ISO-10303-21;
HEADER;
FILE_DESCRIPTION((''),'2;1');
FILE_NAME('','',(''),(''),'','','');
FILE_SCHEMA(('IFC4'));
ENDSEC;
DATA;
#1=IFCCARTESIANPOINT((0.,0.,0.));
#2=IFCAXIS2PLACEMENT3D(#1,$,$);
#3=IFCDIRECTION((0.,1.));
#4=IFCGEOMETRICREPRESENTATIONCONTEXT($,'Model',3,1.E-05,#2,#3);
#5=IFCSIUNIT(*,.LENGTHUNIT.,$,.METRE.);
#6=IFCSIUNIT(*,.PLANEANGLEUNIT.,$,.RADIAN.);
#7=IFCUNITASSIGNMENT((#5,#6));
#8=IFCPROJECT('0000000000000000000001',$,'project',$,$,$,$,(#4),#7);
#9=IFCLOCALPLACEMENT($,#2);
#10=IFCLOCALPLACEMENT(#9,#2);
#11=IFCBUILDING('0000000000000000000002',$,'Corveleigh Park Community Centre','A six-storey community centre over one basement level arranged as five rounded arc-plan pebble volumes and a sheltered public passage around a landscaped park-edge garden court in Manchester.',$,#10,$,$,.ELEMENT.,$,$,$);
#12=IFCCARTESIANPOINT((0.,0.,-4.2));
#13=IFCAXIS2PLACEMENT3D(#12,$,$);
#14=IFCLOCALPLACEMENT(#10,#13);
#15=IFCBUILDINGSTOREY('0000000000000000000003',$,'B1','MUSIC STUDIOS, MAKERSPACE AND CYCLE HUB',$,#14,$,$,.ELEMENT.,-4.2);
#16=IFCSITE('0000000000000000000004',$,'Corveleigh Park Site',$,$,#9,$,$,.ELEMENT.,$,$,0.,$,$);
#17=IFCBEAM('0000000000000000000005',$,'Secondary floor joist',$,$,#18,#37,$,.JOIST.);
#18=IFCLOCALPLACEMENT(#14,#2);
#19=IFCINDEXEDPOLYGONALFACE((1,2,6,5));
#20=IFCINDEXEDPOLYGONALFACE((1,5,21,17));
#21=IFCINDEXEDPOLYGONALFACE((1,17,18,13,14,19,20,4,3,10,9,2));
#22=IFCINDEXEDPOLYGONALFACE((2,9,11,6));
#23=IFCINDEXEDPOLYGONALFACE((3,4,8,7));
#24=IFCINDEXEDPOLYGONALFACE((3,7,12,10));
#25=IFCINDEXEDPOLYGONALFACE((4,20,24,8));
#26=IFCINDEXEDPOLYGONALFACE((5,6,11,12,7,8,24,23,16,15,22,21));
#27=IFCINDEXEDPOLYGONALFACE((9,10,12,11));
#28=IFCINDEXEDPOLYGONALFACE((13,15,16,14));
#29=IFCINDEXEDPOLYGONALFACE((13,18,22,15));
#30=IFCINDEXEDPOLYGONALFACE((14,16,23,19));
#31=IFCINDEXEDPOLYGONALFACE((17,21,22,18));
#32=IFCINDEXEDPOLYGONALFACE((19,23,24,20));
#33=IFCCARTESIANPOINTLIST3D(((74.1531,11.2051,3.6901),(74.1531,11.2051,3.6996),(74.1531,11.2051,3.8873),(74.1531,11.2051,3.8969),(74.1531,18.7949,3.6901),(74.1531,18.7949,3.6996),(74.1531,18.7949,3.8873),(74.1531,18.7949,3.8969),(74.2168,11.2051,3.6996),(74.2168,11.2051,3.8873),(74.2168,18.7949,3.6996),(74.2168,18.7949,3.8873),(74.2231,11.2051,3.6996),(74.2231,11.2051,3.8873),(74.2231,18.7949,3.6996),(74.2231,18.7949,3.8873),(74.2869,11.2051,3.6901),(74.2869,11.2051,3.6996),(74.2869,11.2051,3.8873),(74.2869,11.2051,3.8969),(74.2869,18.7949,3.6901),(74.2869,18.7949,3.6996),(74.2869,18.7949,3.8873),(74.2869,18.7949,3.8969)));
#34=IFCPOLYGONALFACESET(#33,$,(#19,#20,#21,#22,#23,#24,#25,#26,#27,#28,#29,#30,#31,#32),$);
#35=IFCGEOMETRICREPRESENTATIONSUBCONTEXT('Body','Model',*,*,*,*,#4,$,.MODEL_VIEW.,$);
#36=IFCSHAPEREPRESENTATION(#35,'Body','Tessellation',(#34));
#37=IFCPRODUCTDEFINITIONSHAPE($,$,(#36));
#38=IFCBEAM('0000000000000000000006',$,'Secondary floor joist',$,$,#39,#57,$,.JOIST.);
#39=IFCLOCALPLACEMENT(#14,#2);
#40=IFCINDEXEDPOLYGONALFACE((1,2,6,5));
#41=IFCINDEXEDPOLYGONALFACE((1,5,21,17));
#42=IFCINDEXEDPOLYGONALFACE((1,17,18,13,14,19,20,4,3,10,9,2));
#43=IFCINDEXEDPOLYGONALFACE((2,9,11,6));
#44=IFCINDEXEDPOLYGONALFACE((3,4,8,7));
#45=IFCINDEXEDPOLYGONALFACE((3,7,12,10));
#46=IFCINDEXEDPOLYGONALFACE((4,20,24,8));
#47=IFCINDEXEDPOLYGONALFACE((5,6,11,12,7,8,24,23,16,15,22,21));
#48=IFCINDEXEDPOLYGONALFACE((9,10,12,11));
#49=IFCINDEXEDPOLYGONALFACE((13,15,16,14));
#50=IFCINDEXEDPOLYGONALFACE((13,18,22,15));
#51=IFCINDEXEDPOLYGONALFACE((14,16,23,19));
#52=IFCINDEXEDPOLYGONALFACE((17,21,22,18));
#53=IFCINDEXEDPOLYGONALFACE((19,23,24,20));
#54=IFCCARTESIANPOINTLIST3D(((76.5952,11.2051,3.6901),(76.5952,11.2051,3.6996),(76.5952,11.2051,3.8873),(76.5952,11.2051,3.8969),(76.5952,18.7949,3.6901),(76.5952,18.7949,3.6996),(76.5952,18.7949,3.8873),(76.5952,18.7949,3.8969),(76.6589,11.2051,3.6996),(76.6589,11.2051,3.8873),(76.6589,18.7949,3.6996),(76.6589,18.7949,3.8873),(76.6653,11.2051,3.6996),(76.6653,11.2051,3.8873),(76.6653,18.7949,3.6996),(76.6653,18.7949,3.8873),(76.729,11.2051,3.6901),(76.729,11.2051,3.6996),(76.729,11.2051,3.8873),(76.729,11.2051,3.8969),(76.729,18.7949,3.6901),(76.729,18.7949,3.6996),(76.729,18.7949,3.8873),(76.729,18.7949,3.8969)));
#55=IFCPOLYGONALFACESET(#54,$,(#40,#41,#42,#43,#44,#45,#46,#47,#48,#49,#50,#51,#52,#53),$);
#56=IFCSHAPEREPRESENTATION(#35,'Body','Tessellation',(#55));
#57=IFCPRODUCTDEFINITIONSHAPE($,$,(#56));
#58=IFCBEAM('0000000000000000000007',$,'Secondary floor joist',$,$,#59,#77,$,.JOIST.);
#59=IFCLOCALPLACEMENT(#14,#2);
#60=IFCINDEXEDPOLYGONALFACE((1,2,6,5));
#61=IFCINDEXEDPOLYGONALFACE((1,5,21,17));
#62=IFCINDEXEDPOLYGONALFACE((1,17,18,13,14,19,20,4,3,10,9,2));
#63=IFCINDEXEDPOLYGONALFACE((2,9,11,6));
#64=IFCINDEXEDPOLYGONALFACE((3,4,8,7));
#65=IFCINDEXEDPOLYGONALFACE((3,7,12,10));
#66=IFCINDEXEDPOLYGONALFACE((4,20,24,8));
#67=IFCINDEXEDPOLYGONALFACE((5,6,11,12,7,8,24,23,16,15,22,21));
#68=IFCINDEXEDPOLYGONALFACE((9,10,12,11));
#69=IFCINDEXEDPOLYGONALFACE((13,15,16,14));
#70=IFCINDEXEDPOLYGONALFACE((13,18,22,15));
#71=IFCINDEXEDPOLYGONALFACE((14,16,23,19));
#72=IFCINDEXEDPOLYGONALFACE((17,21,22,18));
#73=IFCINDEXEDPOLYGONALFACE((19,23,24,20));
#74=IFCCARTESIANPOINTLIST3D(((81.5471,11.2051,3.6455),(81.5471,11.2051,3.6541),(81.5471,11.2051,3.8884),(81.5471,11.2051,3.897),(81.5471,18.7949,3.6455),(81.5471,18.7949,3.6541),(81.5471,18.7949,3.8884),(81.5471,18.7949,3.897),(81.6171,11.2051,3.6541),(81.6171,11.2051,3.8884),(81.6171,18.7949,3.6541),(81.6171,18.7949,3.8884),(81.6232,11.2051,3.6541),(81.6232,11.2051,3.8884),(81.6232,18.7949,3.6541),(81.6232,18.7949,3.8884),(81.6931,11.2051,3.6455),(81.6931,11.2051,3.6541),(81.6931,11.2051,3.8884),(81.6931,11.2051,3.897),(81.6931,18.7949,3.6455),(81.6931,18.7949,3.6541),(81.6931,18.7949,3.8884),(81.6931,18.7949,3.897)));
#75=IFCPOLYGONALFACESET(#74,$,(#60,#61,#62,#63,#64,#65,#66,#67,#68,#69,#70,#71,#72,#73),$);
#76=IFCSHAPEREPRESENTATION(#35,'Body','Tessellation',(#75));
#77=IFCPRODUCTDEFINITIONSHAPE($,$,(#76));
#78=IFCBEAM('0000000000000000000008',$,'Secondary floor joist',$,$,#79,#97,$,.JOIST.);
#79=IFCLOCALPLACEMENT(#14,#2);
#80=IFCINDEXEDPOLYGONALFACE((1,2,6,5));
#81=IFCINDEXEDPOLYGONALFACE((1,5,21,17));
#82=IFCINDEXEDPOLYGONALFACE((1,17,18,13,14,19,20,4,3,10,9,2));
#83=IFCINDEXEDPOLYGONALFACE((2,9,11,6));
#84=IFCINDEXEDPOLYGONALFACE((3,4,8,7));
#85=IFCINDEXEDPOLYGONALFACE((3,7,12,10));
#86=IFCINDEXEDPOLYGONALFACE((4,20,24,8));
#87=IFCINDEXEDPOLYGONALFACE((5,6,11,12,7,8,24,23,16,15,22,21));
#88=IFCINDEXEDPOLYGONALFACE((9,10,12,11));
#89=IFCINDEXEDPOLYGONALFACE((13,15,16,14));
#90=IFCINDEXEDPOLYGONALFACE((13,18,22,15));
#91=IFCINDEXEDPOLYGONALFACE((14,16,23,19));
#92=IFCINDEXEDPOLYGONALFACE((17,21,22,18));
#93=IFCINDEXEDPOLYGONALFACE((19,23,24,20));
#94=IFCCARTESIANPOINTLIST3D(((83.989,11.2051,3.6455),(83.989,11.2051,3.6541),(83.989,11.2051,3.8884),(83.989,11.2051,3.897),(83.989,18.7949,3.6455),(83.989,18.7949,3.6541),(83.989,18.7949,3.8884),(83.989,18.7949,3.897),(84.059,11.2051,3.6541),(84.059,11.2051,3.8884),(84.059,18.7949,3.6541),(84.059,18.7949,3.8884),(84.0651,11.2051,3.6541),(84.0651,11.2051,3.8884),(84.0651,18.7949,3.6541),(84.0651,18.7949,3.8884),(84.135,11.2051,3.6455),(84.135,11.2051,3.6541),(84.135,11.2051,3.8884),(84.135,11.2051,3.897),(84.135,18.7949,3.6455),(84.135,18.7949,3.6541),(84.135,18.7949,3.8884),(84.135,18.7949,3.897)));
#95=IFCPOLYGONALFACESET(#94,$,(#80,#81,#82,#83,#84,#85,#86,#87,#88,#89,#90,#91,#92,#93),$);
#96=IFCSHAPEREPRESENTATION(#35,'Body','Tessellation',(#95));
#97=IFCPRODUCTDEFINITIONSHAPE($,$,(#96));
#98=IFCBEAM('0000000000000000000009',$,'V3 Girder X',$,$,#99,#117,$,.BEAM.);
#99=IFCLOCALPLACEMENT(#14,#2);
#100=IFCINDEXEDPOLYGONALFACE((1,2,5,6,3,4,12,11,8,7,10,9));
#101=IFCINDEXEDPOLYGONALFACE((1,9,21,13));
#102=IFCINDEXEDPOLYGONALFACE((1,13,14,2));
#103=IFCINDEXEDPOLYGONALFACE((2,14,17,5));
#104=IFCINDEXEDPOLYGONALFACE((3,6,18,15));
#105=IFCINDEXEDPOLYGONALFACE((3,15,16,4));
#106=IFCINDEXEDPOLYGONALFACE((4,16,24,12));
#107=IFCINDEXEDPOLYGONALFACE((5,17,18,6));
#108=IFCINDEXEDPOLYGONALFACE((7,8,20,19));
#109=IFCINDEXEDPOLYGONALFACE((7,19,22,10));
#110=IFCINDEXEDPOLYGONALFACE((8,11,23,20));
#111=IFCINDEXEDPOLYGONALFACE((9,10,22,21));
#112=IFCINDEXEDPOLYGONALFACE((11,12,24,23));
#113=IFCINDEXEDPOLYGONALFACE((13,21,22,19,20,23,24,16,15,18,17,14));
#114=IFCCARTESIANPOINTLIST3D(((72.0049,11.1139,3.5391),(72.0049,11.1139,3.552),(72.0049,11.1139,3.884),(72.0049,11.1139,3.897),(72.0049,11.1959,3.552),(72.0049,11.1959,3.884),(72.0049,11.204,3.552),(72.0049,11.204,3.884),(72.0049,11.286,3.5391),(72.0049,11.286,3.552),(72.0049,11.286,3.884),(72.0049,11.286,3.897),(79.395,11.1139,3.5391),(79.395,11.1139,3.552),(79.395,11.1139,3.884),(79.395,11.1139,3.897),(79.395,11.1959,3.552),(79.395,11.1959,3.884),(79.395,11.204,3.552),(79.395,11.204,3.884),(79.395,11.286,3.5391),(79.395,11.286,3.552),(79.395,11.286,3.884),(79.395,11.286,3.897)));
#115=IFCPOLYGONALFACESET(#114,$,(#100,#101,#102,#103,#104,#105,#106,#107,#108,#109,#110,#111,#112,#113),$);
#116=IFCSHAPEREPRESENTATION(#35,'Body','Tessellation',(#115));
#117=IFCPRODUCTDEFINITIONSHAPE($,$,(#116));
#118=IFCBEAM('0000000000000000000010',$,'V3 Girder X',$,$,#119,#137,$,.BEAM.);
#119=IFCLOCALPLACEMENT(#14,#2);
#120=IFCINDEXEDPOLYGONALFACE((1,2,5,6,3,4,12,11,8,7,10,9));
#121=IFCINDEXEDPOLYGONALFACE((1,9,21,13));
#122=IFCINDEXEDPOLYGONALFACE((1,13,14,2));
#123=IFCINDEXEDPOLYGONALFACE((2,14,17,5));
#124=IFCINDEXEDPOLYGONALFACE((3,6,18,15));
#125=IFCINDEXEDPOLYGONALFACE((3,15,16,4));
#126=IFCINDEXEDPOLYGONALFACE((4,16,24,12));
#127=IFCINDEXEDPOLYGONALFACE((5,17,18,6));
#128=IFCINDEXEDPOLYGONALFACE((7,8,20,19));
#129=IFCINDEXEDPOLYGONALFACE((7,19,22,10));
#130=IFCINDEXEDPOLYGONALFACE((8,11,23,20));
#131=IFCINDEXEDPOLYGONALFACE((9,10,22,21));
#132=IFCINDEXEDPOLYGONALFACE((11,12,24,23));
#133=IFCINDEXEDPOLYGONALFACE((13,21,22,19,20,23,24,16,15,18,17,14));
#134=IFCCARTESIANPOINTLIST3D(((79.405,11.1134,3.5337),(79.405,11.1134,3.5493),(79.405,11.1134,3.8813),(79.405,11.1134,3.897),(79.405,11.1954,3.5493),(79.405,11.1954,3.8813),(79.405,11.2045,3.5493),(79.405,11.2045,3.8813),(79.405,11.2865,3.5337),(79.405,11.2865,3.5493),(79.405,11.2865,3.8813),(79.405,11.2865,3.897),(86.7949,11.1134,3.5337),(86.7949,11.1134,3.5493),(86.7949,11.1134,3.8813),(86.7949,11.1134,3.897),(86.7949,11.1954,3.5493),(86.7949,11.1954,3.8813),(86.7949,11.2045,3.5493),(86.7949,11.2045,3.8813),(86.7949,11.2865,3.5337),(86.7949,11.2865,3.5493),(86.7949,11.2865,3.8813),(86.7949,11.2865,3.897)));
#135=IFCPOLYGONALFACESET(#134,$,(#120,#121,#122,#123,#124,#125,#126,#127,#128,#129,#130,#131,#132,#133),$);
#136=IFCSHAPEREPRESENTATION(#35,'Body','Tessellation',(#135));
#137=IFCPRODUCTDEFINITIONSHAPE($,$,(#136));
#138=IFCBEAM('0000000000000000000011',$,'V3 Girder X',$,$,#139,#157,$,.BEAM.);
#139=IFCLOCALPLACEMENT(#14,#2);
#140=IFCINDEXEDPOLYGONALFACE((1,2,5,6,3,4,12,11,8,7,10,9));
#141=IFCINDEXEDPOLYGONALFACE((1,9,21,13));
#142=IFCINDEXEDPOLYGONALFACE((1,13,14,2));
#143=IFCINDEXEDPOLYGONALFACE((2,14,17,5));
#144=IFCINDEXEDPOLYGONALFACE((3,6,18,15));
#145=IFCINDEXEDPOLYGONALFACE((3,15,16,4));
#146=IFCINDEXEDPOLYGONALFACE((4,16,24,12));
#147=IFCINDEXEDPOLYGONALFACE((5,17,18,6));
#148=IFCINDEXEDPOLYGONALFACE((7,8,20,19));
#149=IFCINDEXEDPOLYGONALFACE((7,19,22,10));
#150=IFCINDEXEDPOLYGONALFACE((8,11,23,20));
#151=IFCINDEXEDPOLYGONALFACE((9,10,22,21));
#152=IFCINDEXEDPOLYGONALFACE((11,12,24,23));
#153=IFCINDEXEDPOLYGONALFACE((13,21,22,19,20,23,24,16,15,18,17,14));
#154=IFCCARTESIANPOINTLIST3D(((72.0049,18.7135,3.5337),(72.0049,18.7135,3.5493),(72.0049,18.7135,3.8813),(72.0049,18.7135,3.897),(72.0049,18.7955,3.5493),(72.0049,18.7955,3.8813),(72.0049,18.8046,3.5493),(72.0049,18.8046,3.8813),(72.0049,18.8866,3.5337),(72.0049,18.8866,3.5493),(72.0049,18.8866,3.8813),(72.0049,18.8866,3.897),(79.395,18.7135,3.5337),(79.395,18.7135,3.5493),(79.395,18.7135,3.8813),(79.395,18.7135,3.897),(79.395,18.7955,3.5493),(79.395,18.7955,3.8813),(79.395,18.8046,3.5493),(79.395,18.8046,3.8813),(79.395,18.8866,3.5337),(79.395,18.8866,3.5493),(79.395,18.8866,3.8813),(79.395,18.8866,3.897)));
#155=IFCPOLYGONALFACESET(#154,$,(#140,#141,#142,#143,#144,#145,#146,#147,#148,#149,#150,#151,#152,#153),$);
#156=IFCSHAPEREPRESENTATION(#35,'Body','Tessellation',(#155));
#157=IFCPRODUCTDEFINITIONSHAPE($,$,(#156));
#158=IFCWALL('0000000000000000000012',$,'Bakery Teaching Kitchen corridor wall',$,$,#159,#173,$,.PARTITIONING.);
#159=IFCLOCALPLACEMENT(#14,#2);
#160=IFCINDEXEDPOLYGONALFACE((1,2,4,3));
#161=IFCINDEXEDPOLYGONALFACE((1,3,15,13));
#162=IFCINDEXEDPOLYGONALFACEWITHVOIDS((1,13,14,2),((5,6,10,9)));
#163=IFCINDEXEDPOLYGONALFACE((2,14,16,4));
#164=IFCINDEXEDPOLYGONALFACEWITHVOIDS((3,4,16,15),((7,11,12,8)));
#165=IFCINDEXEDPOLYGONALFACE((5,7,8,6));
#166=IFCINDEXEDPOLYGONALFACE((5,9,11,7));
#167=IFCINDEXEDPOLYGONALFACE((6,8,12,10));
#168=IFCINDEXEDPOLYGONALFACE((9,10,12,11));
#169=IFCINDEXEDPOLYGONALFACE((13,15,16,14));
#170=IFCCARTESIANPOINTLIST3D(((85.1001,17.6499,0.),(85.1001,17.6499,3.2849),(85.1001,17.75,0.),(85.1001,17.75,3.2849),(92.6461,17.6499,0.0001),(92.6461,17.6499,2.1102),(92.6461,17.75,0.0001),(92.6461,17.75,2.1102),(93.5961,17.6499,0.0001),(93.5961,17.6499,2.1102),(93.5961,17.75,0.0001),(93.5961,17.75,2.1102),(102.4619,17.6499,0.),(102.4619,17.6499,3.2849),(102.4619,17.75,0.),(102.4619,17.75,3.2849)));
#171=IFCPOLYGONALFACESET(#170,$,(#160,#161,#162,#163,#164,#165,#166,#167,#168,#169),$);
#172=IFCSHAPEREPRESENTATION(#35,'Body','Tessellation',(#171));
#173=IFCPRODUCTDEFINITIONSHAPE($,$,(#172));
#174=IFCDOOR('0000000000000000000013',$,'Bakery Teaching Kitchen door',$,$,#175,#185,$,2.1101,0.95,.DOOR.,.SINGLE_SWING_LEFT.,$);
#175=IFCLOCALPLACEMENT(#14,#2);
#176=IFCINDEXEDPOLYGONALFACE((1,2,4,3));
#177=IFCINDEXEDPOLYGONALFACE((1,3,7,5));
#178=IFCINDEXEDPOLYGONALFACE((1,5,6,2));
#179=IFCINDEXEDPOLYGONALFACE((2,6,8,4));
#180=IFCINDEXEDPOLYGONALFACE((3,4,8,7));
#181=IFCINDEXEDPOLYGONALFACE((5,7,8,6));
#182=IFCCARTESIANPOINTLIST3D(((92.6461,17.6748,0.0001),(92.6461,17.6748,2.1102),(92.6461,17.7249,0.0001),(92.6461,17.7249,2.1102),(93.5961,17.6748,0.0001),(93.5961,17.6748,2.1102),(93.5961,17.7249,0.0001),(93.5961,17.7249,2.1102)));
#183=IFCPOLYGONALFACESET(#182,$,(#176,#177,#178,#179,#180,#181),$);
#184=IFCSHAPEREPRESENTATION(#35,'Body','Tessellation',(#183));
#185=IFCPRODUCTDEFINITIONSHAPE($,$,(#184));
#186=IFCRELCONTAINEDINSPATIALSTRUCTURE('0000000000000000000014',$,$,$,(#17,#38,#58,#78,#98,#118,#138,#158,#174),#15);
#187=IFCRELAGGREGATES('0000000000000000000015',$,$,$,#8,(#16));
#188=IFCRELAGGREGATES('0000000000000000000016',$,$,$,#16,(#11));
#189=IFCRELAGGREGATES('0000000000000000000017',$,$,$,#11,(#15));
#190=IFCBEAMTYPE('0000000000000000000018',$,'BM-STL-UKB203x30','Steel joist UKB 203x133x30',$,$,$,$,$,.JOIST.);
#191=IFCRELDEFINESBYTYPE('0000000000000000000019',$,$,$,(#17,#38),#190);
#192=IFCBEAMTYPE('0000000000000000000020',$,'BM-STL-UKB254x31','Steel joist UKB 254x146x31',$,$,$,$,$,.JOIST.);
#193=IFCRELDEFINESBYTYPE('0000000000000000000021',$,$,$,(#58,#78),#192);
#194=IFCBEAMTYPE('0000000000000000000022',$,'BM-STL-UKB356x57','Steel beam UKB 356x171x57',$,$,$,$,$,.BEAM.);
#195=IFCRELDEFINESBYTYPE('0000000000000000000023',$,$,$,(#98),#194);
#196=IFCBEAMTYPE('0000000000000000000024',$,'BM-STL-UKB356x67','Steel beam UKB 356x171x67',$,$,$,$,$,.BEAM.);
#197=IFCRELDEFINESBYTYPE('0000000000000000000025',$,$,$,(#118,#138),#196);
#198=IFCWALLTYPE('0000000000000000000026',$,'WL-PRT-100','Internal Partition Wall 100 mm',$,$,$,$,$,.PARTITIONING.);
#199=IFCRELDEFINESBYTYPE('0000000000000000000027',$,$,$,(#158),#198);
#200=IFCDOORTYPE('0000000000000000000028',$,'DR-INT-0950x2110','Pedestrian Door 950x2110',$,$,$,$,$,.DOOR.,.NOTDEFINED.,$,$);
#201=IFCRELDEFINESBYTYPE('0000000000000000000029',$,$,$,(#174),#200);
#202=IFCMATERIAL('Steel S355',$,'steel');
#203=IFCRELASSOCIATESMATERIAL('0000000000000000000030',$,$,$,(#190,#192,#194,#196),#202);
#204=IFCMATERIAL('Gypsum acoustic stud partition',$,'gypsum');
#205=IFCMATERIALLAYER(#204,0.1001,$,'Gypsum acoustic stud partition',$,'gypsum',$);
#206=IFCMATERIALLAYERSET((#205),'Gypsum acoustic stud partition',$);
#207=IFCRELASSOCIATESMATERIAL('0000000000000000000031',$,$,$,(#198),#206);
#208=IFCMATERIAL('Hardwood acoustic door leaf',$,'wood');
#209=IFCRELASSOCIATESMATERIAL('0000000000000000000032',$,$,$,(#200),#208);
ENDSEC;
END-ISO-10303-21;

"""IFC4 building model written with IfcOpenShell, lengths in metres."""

from ifc_helpers import new_model, si_unit, direction, frame, frame_2d, origin, origin_2d, place, context, subcontext, project, spatial, rectangle, i_section, extrude, material, layer, layer_set, material_profile, profile_set, type_object, element, fill, save


model = new_model("IFC4")

# Units and contexts
model_context = context("Model", 3, precision=1e-05, world=origin(), true_north=direction((0.0, 1.0)))
body_context = subcontext(model_context, "Body", "Model", "MODEL_VIEW")
ifc_project = project(units=[si_unit("LENGTHUNIT", "METRE"), si_unit("PLANEANGLEUNIT", "RADIAN")], contexts=[model_context])

# Site, building, storey
site_placement = place(None, origin())
site = spatial("IfcSite", under=ifc_project, at=site_placement, Name="Corveleigh Park Site", CompositionType="ELEMENT", RefElevation=0.0)
building_placement = place(site_placement, origin())
building = spatial("IfcBuilding", under=site, at=building_placement, Name="Corveleigh Park Community Centre", Description="A six-storey community centre over one basement level arranged as five rounded arc-plan pebble volumes and a sheltered public passage around a landscaped park-edge garden court in Manchester.", CompositionType="ELEMENT")
storey_placement = place(building_placement, frame((0.0, 0.0, -4.2)))
storey = spatial("IfcBuildingStorey", under=building, at=storey_placement, Name="B1", Description="MUSIC STUDIOS, MAKERSPACE AND CYCLE HUB", CompositionType="ELEMENT", Elevation=-4.2)

# Beams
ifc_material_1 = material(Name="Steel S355", Category="steel")
ifc_material_profile_1 = material_profile(ifc_material_1, i_section(OverallWidth=0.1338, OverallDepth=0.2068, WebThickness=0.0063, FlangeThickness=0.0095, at=origin_2d()), Name="UKB 203x133x30", Category="steel")
ifc_profile_set_1 = profile_set([ifc_material_profile_1], Name="Steel S355")
beam_type_1 = type_object("IfcBeamType", Name="BM-STL-UKB203x30", Description="Steel joist UKB 203x133x30", PredefinedType="JOIST", material=ifc_profile_set_1)
for number, where, z_axis, x_axis, name in (
    (1, (74.22, 11.2051, 3.7935), (0.0, 1.0, 0.0), (-1.0, 0.0, 0.0), "Secondary floor joist"),
    (2, (76.6621, 11.2051, 3.7935), (0.0, 1.0, 0.0), (-1.0, 0.0, 0.0), "Secondary floor joist"),
):
    element("IfcBeam", number, at=place(storey_placement, frame(where, z_axis=z_axis, x_axis=x_axis)), inside=storey, type_object=beam_type_1, Name=name, PredefinedType="JOIST", context=body_context, shape_type="SweptSolid", body=[
        extrude(i_section(OverallWidth=0.1338, OverallDepth=0.2068, WebThickness=0.0063, FlangeThickness=0.0095, at=origin_2d()), origin(), (0.0, 0.0, 1.0), 7.5898),
    ])
ifc_material_profile_2 = material_profile(ifc_material_1, i_section(OverallWidth=0.146, OverallDepth=0.2515, WebThickness=0.0061, FlangeThickness=0.0085, at=origin_2d()), Name="UKB 254x146x31", Category="steel")
ifc_profile_set_2 = profile_set([ifc_material_profile_2], Name="Steel S355")
beam_type_2 = type_object("IfcBeamType", Name="BM-STL-UKB254x31", Description="Steel joist UKB 254x146x31", PredefinedType="JOIST", material=ifc_profile_set_2)
for number, where, z_axis, x_axis, name in (
    (3, (81.6201, 11.2051, 3.7712), (0.0, 1.0, 0.0), (-1.0, 0.0, 0.0), "Secondary floor joist"),
    (4, (84.062, 11.2051, 3.7712), (0.0, 1.0, 0.0), (-1.0, 0.0, 0.0), "Secondary floor joist"),
):
    element("IfcBeam", number, at=place(storey_placement, frame(where, z_axis=z_axis, x_axis=x_axis)), inside=storey, type_object=beam_type_2, Name=name, PredefinedType="JOIST", context=body_context, shape_type="SweptSolid", body=[
        extrude(i_section(OverallWidth=0.146, OverallDepth=0.2515, WebThickness=0.0061, FlangeThickness=0.0085, at=origin_2d()), origin(), (0.0, 0.0, 1.0), 7.5898),
    ])
ifc_material_profile_3 = material_profile(ifc_material_1, i_section(OverallWidth=0.1721, OverallDepth=0.3579, WebThickness=0.0081, FlangeThickness=0.0129, at=origin_2d()), Name="UKB 356x171x57", Category="steel")
ifc_profile_set_3 = profile_set([ifc_material_profile_3], Name="Steel S355")
beam_type_3 = type_object("IfcBeamType", Name="BM-STL-UKB356x57", Description="Steel beam UKB 356x171x57", PredefinedType="BEAM", material=ifc_profile_set_3)
beam_1_placement = place(storey_placement, frame((72.0049, 11.2, 3.718), z_axis=(1.0, 0.0, 0.0), x_axis=(0.0, 1.0, 0.0)))
element("IfcBeam", 5, at=beam_1_placement, inside=storey, type_object=beam_type_3, Name="V3 Girder X", PredefinedType="BEAM", context=body_context, shape_type="SweptSolid", body=[
    extrude(i_section(OverallWidth=0.1721, OverallDepth=0.3579, WebThickness=0.0081, FlangeThickness=0.0129, at=origin_2d()), origin(), (0.0, 0.0, 1.0), 7.3901),
])
ifc_material_profile_4 = material_profile(ifc_material_1, i_section(OverallWidth=0.1731, OverallDepth=0.3633, WebThickness=0.009, FlangeThickness=0.0156, at=origin_2d()), Name="UKB 356x171x67", Category="steel")
ifc_profile_set_4 = profile_set([ifc_material_profile_4], Name="Steel S355")
beam_type_4 = type_object("IfcBeamType", Name="BM-STL-UKB356x67", Description="Steel beam UKB 356x171x67", PredefinedType="BEAM", material=ifc_profile_set_4)
beam_2_placement = place(storey_placement, frame((79.405, 11.2, 3.7153), z_axis=(1.0, 0.0, 0.0), x_axis=(0.0, 1.0, 0.0)))
element("IfcBeam", 6, at=beam_2_placement, inside=storey, type_object=beam_type_4, Name="V3 Girder X", PredefinedType="BEAM", context=body_context, shape_type="SweptSolid", body=[
    extrude(i_section(OverallWidth=0.1731, OverallDepth=0.3633, WebThickness=0.009, FlangeThickness=0.0156, at=origin_2d()), origin(), (0.0, 0.0, 1.0), 7.3899),
])
beam_3_placement = place(storey_placement, frame((72.0049, 18.8, 3.7153), z_axis=(1.0, 0.0, 0.0), x_axis=(0.0, 1.0, 0.0)))
element("IfcBeam", 7, at=beam_3_placement, inside=storey, type_object=beam_type_4, Name="V3 Girder X", PredefinedType="BEAM", context=body_context, shape_type="SweptSolid", body=[
    extrude(i_section(OverallWidth=0.1731, OverallDepth=0.3633, WebThickness=0.009, FlangeThickness=0.0156, at=origin_2d()), origin(), (0.0, 0.0, 1.0), 7.3901),
])

# Wall, opening, door
ifc_material_2 = material(Name="Gypsum acoustic stud partition", Category="gypsum")
ifc_layer_1 = layer(ifc_material_2, 0.1001, Name="Gypsum acoustic stud partition", Category="gypsum")
ifc_layer_set_1 = layer_set([ifc_layer_1], Name="Gypsum acoustic stud partition")
wall_type_1 = type_object("IfcWallType", Name="WL-PRT-100", Description="Internal Partition Wall 100 mm", PredefinedType="PARTITIONING", material=ifc_layer_set_1)
wall_1_placement = place(storey_placement, frame((85.1001, 17.7, 0.0), z_axis=(0.0, 0.0, 1.0), x_axis=(1.0, 0.0, 0.0)))
wall_1 = element("IfcWall", 8, at=wall_1_placement, inside=storey, type_object=wall_type_1, Name="Bakery Teaching Kitchen corridor wall", PredefinedType="PARTITIONING", context=body_context, shape_type="SweptSolid", body=[
    extrude(rectangle(XDim=17.3618, YDim=0.1001, at=frame_2d((8.6809, 0.0))), origin(), (0.0, 0.0, 1.0), 3.2849),
])
opening_1_placement = place(wall_1_placement, frame((7.5459, 0.0, 0.0)))
opening_1 = element("IfcOpeningElement", 9, at=opening_1_placement, cuts=wall_1, PredefinedType="OPENING", context=body_context, shape_type="SweptSolid", body=[
    extrude(rectangle(XDim=0.95, YDim=2.1101, at=frame_2d((0.4751, 1.0552))), frame((0.0, 0.0601, 0.0), z_axis=(0.0, -1.0, 0.0), x_axis=(1.0, 0.0, 0.0)), (0.0, 0.0, 1.0), 0.1201),
])
ifc_material_3 = material(Name="Hardwood acoustic door leaf", Category="wood")
door_type_1 = type_object("IfcDoorType", Name="DR-INT-0950x2110", Description="Pedestrian Door 950x2110", OperationType="NOTDEFINED", PredefinedType="DOOR", material=ifc_material_3)
door_1_placement = place(opening_1_placement, origin())
door_1 = element("IfcDoor", 10, at=door_1_placement, inside=storey, type_object=door_type_1, Name="Bakery Teaching Kitchen door", OperationType="SINGLE_SWING_LEFT", OverallHeight=2.1101, OverallWidth=0.95, PredefinedType="DOOR", context=body_context, shape_type="SweptSolid", body=[
    extrude(rectangle(XDim=0.95, YDim=2.1101, at=frame_2d((0.4751, 1.0552))), frame((0.0, 0.0249, 0.0), z_axis=(0.0, -1.0, 0.0), x_axis=(1.0, 0.0, 0.0)), (0.0, 0.0, 1.0), 0.05),
])
fill(opening_1, door_1)

save(model, "model.ifc")
